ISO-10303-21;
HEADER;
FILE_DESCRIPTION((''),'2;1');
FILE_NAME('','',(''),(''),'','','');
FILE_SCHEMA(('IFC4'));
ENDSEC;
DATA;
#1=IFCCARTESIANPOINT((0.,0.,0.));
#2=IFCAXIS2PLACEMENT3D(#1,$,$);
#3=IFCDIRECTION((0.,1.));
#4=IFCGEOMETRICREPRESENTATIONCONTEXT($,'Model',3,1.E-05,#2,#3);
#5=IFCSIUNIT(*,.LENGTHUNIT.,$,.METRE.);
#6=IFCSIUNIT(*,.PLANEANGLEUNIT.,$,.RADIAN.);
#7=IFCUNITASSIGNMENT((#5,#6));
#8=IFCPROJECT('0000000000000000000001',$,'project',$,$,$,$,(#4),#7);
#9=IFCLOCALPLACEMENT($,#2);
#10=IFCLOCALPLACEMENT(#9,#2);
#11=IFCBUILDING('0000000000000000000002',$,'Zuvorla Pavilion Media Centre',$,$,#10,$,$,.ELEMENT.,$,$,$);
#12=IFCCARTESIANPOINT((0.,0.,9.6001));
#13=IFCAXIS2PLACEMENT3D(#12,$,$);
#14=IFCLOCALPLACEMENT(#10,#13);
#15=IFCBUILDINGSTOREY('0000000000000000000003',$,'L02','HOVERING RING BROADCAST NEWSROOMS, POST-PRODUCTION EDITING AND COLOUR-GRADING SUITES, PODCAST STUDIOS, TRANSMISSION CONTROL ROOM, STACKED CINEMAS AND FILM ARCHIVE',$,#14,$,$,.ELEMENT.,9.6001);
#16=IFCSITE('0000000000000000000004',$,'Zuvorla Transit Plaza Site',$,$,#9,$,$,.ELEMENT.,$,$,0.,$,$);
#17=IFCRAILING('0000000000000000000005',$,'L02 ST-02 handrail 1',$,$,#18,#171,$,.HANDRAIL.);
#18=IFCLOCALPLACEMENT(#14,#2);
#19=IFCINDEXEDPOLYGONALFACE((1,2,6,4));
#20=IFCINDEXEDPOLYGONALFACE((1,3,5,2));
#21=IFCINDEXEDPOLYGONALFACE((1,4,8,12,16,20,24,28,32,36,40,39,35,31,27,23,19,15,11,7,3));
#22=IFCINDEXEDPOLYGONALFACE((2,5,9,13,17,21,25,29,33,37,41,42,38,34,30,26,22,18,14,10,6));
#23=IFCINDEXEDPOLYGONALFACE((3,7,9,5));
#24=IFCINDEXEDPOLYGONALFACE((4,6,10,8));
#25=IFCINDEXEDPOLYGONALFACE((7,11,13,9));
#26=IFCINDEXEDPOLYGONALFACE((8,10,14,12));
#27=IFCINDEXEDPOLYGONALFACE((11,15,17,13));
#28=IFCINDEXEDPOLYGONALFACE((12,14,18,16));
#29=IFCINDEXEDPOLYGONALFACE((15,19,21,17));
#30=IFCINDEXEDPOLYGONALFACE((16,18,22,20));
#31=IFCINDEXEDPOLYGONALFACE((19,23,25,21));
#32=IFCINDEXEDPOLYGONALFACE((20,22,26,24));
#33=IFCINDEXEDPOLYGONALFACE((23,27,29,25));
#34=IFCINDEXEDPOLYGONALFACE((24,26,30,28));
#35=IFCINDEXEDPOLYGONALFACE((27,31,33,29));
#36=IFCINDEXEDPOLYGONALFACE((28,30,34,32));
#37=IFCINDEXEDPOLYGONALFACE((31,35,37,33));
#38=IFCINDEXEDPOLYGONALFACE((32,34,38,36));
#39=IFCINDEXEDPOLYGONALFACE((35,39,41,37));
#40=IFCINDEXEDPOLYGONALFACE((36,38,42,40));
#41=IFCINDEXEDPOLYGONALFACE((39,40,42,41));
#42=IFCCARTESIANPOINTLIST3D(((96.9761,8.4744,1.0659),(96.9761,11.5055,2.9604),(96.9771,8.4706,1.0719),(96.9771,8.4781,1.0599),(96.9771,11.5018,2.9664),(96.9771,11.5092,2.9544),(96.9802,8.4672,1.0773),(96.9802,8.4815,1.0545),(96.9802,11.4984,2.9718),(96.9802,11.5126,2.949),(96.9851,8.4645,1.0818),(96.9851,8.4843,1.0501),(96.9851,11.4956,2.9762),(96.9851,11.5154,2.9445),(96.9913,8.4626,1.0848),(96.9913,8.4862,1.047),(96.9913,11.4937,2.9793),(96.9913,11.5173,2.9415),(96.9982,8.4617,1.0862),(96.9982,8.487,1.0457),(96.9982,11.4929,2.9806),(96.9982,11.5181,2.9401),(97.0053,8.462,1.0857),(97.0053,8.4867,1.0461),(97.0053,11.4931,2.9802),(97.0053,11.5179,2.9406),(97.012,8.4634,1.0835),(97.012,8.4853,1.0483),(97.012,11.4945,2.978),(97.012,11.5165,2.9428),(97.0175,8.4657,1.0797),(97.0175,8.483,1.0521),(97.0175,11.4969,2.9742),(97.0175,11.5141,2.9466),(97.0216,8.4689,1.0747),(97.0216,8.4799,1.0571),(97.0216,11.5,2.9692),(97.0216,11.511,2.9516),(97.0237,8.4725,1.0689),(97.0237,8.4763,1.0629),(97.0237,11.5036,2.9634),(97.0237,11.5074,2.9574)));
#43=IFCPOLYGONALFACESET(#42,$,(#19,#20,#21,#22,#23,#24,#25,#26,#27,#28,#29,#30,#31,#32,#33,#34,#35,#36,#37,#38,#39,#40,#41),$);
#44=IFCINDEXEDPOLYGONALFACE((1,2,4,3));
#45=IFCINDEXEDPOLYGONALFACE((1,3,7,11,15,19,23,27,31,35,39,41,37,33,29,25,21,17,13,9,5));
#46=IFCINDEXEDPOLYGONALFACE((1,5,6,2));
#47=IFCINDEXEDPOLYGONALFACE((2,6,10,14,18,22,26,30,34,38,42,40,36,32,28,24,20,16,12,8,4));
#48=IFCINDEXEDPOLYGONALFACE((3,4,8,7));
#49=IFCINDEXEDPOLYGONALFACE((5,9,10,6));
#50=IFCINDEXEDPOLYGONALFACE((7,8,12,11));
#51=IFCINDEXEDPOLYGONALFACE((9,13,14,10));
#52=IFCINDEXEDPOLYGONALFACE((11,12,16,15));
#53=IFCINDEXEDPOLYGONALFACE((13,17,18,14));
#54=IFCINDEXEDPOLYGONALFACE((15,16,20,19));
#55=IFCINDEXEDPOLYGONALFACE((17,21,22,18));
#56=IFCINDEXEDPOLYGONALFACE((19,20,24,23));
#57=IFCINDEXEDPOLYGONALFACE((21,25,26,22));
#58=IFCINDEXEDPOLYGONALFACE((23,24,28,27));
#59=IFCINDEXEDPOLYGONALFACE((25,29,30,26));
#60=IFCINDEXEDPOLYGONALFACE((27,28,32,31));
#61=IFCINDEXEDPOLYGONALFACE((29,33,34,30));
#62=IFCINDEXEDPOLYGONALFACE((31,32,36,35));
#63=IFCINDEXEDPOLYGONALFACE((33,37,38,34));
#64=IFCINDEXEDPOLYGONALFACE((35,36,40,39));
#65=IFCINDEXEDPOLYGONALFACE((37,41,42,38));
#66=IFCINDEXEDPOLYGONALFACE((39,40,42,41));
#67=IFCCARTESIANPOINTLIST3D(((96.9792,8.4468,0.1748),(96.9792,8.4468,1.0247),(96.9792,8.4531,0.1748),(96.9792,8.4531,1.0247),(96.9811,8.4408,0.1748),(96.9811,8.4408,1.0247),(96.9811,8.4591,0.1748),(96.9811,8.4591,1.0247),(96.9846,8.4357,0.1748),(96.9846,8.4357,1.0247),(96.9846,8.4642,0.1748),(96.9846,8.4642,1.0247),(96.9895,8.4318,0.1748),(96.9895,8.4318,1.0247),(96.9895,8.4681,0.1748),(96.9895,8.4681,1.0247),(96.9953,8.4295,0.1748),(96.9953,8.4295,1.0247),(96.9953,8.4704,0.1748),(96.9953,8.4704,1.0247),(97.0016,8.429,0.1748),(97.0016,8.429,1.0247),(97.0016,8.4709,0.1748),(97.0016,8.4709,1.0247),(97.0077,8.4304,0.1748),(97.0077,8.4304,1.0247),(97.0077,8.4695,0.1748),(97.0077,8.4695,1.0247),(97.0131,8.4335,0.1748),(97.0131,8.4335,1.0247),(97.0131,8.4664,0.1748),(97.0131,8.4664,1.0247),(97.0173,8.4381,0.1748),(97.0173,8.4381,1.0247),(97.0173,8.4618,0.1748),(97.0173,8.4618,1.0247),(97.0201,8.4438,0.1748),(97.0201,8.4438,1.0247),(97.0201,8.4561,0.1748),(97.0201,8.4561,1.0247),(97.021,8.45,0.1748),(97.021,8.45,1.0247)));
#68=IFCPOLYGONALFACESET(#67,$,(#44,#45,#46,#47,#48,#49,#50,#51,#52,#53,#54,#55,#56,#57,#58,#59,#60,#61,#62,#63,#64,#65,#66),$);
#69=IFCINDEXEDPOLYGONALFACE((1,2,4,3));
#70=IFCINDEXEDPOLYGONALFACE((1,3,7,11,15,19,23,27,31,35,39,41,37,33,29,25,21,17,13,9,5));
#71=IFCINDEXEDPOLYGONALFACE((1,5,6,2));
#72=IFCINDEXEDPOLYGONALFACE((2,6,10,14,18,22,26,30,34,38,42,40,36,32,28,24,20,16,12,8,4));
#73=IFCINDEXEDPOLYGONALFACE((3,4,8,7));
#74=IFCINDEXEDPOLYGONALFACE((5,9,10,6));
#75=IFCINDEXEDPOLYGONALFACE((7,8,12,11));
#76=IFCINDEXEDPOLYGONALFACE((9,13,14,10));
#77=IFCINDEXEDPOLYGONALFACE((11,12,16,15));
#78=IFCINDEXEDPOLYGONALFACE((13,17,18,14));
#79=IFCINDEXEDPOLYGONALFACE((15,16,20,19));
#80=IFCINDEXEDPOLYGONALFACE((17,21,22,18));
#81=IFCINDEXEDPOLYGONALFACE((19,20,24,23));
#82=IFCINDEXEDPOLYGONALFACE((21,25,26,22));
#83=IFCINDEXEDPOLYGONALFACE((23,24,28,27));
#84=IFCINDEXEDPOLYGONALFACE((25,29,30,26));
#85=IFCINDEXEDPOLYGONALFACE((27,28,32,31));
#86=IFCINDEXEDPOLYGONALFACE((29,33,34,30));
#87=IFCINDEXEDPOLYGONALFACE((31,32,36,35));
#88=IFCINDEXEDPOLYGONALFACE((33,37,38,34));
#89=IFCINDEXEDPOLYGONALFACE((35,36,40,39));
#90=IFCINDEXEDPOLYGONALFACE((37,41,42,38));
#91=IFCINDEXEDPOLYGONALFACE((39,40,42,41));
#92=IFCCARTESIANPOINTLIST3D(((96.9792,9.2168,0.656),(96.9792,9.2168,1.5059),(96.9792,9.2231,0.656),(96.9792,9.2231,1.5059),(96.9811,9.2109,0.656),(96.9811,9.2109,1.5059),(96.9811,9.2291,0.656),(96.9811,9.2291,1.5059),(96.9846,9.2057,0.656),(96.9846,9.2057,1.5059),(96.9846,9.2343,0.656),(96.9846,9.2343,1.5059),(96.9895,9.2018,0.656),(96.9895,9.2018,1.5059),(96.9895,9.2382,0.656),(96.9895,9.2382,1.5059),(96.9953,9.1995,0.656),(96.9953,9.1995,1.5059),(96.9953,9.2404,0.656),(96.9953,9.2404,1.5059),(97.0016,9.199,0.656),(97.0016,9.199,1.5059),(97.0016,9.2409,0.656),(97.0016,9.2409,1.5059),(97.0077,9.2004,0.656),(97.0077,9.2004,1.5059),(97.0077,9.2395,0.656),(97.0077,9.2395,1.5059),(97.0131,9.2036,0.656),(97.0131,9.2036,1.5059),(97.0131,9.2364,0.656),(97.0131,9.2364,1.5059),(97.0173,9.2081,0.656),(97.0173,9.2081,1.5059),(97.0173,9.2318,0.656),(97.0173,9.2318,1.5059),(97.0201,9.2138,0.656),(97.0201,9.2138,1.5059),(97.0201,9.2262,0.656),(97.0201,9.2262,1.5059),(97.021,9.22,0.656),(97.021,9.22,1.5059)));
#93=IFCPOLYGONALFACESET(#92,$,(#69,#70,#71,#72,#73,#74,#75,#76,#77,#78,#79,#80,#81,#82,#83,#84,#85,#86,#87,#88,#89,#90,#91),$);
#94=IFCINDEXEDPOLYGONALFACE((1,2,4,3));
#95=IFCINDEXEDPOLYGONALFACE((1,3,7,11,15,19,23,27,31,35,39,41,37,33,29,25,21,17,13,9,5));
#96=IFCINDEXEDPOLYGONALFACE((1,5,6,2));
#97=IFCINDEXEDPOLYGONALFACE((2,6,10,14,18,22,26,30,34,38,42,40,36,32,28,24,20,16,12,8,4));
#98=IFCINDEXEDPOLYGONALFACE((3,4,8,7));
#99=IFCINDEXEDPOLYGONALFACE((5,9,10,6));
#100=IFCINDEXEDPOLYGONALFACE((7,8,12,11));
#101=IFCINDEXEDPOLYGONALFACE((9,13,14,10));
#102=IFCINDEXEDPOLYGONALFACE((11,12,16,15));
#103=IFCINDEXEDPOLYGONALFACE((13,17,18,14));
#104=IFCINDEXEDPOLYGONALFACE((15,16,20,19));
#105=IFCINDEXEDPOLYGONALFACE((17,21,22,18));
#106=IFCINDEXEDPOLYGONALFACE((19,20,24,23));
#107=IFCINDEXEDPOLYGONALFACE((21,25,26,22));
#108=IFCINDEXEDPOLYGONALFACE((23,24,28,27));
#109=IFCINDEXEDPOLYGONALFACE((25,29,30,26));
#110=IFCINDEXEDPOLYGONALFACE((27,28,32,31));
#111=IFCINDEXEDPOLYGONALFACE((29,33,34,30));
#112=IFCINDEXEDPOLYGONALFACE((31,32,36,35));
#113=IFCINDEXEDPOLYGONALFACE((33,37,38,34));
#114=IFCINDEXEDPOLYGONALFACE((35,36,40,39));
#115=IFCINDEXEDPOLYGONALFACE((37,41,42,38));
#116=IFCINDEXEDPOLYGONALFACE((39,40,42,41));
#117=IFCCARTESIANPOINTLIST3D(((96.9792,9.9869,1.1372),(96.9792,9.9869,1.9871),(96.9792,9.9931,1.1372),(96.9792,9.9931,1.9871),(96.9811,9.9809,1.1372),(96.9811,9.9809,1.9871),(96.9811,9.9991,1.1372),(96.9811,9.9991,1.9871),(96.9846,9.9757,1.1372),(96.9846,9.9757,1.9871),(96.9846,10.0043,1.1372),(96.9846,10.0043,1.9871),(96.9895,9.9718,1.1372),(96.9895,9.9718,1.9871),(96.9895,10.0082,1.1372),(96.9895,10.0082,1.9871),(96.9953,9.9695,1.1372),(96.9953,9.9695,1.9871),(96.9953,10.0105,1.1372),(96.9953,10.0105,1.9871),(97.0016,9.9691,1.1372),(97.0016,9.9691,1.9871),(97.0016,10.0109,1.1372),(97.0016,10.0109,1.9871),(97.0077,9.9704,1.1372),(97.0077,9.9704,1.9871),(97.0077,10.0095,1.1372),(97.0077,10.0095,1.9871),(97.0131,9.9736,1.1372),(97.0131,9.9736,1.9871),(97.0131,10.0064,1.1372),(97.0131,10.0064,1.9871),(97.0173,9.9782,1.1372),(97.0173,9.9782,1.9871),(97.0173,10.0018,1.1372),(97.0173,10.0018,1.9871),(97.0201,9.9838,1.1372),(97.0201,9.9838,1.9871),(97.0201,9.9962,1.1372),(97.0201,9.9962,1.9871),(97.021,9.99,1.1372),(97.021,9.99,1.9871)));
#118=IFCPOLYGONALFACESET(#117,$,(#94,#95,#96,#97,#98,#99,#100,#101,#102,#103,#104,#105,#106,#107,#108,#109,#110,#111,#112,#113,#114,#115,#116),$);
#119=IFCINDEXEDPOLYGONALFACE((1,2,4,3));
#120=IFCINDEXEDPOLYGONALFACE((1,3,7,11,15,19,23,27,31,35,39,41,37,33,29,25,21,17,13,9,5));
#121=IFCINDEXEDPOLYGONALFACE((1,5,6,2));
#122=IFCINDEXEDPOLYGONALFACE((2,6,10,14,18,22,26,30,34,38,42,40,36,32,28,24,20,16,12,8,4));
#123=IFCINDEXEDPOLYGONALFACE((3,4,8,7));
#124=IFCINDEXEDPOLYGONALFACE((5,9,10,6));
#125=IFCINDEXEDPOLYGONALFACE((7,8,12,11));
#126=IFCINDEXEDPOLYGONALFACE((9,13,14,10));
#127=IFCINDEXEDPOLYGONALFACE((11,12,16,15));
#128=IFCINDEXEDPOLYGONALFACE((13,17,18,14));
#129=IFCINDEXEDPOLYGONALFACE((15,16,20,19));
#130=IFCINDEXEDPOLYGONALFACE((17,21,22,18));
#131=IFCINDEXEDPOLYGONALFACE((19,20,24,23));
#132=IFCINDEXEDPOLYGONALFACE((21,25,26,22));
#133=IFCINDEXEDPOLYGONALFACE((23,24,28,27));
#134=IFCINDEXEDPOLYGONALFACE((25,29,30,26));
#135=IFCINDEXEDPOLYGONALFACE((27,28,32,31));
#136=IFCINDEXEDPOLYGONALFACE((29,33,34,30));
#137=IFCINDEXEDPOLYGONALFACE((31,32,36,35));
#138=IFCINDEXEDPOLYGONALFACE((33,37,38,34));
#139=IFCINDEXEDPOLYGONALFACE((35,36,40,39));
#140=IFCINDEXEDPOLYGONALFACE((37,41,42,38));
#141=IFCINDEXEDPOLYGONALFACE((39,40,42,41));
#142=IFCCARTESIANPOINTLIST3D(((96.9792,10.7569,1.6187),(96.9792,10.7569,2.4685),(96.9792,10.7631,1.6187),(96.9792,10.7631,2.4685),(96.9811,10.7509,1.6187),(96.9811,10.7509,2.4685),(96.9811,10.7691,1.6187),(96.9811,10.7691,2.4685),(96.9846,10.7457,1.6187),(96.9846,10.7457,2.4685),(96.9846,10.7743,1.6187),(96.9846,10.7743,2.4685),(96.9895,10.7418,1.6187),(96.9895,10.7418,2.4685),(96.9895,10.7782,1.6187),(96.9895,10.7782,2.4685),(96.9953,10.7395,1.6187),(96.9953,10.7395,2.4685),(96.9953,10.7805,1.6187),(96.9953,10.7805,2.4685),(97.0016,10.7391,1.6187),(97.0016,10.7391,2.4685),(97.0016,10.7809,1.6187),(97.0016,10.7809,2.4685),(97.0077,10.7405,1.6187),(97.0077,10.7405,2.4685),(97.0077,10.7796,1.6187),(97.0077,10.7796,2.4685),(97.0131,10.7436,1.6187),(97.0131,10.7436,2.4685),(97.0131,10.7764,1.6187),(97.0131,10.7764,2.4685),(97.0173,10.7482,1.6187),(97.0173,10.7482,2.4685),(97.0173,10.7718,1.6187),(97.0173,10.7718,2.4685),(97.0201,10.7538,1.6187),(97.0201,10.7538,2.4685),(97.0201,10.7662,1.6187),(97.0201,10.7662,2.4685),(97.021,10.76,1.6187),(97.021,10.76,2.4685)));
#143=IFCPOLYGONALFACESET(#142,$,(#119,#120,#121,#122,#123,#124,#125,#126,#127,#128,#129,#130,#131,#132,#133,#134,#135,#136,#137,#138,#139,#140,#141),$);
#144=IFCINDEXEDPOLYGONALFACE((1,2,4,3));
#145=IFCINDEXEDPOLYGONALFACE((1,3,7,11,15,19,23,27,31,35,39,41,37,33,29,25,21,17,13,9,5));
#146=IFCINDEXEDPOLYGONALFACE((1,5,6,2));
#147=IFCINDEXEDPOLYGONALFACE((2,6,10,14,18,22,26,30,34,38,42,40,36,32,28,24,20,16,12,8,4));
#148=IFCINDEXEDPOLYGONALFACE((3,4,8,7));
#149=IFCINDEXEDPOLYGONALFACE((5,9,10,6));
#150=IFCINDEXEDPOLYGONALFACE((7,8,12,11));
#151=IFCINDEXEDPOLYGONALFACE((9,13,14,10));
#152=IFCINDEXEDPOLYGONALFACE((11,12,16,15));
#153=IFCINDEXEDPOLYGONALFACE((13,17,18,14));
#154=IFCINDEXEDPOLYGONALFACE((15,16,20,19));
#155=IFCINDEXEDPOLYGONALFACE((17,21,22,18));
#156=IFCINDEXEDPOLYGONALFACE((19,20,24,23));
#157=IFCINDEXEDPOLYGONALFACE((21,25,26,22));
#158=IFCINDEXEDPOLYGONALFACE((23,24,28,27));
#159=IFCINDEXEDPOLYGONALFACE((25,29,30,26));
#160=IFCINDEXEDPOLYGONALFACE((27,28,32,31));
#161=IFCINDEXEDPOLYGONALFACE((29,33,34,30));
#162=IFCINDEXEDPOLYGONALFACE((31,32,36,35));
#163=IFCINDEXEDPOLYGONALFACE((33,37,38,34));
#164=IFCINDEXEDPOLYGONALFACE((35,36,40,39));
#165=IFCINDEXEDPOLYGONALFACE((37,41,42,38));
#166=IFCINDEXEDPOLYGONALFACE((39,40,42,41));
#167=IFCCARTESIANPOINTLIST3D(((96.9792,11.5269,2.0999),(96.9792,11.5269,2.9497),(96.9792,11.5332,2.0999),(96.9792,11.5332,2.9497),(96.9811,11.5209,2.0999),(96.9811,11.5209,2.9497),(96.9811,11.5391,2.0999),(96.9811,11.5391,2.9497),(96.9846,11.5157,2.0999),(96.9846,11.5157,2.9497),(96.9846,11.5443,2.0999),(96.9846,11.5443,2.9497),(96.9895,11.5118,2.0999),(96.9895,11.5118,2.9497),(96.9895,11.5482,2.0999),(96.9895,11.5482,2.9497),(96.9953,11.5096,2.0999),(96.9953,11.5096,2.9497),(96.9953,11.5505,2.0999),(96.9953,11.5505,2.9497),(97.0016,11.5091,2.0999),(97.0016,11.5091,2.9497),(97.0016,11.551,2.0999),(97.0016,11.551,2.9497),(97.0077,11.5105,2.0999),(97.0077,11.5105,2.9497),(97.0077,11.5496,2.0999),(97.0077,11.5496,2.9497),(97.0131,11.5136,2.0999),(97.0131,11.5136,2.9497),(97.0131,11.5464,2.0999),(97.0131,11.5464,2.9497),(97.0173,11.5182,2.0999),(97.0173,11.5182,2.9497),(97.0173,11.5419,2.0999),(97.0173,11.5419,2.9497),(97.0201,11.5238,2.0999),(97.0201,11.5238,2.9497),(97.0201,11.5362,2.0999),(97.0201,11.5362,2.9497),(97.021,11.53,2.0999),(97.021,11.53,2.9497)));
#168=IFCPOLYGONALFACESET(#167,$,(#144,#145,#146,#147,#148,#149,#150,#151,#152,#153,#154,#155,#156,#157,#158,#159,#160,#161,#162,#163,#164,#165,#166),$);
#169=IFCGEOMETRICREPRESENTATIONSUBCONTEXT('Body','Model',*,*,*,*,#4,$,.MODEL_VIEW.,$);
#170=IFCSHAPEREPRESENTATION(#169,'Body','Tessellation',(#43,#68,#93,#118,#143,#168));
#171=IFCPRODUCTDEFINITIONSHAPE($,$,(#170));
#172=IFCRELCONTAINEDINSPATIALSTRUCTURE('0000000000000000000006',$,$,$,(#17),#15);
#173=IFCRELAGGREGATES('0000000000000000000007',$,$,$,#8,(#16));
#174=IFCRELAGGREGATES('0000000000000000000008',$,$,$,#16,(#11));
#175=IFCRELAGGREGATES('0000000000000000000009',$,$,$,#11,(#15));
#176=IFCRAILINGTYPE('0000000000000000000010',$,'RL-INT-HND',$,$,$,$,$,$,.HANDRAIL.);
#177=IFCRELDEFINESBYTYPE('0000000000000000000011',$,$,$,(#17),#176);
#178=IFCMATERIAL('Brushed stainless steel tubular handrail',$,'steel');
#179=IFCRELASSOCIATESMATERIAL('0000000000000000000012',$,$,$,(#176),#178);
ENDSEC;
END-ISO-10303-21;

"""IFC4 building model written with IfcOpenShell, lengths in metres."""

from ifc_helpers import new_model, si_unit, direction, frame, origin, origin_2d, place, context, subcontext, project, spatial, circle, extrude, material, type_object, element, save


model = new_model("IFC4")

# Units and contexts
model_context = context("Model", 3, precision=1e-05, world=origin(), true_north=direction((0.0, 1.0)))
body_context = subcontext(model_context, "Body", "Model", "MODEL_VIEW")
ifc_project = project(units=[si_unit("LENGTHUNIT", "METRE"), si_unit("PLANEANGLEUNIT", "RADIAN")], contexts=[model_context])

# Site, building, storey
site_placement = place(None, origin())
site = spatial("IfcSite", under=ifc_project, at=site_placement, Name="Zuvorla Transit Plaza Site", CompositionType="ELEMENT", RefElevation=0.0)
building_placement = place(site_placement, origin())
building = spatial("IfcBuilding", under=site, at=building_placement, Name="Zuvorla Pavilion Media Centre", CompositionType="ELEMENT")
storey_placement = place(building_placement, frame((0.0, 0.0, 9.6001)))
storey = spatial("IfcBuildingStorey", under=building, at=storey_placement, Name="L02", Description="HOVERING RING BROADCAST NEWSROOMS, POST-PRODUCTION EDITING AND COLOUR-GRADING SUITES, PODCAST STUDIOS, TRANSMISSION CONTROL ROOM, STACKED CINEMAS AND FILM ARCHIVE", CompositionType="ELEMENT", Elevation=9.6001)

# Railing
ifc_material_1 = material(Name="Brushed stainless steel tubular handrail", Category="steel")
railing_type_1 = type_object("IfcRailingType", Name="RL-INT-HND", PredefinedType="HANDRAIL", material=ifc_material_1)
railing_1_placement = place(storey_placement, frame((97.0, 8.45, 0.1748)))
element("IfcRailing", 1, at=railing_1_placement, inside=storey, type_object=railing_type_1, Name="L02 ST-02 handrail 1", PredefinedType="HANDRAIL", context=body_context, shape_type="SweptSolid", body=[
    extrude(circle(Radius=0.0239, at=origin_2d()), frame((0.0, 0.0244, 0.8911), z_axis=(0.0, 0.847998, 0.529999), x_axis=(-1.0, 0.0, 0.0)), (0.0, 0.0, 1.0), 3.5745),
    extrude(circle(Radius=0.021, at=origin_2d()), origin(), (0.0, 0.0, 1.0), 0.8499),
    extrude(circle(Radius=0.021, at=origin_2d()), frame((0.0, 0.77, 0.4812)), (0.0, 0.0, 1.0), 0.8499),
    extrude(circle(Radius=0.021, at=origin_2d()), frame((0.0, 1.54, 0.9624)), (0.0, 0.0, 1.0), 0.8499),
    extrude(circle(Radius=0.021, at=origin_2d()), frame((0.0, 2.3101, 1.4438)), (0.0, 0.0, 1.0), 0.8499),
    extrude(circle(Radius=0.021, at=origin_2d()), frame((0.0, 3.0801, 1.925)), (0.0, 0.0, 1.0), 0.8499),
])

save(model, "model.ifc")
